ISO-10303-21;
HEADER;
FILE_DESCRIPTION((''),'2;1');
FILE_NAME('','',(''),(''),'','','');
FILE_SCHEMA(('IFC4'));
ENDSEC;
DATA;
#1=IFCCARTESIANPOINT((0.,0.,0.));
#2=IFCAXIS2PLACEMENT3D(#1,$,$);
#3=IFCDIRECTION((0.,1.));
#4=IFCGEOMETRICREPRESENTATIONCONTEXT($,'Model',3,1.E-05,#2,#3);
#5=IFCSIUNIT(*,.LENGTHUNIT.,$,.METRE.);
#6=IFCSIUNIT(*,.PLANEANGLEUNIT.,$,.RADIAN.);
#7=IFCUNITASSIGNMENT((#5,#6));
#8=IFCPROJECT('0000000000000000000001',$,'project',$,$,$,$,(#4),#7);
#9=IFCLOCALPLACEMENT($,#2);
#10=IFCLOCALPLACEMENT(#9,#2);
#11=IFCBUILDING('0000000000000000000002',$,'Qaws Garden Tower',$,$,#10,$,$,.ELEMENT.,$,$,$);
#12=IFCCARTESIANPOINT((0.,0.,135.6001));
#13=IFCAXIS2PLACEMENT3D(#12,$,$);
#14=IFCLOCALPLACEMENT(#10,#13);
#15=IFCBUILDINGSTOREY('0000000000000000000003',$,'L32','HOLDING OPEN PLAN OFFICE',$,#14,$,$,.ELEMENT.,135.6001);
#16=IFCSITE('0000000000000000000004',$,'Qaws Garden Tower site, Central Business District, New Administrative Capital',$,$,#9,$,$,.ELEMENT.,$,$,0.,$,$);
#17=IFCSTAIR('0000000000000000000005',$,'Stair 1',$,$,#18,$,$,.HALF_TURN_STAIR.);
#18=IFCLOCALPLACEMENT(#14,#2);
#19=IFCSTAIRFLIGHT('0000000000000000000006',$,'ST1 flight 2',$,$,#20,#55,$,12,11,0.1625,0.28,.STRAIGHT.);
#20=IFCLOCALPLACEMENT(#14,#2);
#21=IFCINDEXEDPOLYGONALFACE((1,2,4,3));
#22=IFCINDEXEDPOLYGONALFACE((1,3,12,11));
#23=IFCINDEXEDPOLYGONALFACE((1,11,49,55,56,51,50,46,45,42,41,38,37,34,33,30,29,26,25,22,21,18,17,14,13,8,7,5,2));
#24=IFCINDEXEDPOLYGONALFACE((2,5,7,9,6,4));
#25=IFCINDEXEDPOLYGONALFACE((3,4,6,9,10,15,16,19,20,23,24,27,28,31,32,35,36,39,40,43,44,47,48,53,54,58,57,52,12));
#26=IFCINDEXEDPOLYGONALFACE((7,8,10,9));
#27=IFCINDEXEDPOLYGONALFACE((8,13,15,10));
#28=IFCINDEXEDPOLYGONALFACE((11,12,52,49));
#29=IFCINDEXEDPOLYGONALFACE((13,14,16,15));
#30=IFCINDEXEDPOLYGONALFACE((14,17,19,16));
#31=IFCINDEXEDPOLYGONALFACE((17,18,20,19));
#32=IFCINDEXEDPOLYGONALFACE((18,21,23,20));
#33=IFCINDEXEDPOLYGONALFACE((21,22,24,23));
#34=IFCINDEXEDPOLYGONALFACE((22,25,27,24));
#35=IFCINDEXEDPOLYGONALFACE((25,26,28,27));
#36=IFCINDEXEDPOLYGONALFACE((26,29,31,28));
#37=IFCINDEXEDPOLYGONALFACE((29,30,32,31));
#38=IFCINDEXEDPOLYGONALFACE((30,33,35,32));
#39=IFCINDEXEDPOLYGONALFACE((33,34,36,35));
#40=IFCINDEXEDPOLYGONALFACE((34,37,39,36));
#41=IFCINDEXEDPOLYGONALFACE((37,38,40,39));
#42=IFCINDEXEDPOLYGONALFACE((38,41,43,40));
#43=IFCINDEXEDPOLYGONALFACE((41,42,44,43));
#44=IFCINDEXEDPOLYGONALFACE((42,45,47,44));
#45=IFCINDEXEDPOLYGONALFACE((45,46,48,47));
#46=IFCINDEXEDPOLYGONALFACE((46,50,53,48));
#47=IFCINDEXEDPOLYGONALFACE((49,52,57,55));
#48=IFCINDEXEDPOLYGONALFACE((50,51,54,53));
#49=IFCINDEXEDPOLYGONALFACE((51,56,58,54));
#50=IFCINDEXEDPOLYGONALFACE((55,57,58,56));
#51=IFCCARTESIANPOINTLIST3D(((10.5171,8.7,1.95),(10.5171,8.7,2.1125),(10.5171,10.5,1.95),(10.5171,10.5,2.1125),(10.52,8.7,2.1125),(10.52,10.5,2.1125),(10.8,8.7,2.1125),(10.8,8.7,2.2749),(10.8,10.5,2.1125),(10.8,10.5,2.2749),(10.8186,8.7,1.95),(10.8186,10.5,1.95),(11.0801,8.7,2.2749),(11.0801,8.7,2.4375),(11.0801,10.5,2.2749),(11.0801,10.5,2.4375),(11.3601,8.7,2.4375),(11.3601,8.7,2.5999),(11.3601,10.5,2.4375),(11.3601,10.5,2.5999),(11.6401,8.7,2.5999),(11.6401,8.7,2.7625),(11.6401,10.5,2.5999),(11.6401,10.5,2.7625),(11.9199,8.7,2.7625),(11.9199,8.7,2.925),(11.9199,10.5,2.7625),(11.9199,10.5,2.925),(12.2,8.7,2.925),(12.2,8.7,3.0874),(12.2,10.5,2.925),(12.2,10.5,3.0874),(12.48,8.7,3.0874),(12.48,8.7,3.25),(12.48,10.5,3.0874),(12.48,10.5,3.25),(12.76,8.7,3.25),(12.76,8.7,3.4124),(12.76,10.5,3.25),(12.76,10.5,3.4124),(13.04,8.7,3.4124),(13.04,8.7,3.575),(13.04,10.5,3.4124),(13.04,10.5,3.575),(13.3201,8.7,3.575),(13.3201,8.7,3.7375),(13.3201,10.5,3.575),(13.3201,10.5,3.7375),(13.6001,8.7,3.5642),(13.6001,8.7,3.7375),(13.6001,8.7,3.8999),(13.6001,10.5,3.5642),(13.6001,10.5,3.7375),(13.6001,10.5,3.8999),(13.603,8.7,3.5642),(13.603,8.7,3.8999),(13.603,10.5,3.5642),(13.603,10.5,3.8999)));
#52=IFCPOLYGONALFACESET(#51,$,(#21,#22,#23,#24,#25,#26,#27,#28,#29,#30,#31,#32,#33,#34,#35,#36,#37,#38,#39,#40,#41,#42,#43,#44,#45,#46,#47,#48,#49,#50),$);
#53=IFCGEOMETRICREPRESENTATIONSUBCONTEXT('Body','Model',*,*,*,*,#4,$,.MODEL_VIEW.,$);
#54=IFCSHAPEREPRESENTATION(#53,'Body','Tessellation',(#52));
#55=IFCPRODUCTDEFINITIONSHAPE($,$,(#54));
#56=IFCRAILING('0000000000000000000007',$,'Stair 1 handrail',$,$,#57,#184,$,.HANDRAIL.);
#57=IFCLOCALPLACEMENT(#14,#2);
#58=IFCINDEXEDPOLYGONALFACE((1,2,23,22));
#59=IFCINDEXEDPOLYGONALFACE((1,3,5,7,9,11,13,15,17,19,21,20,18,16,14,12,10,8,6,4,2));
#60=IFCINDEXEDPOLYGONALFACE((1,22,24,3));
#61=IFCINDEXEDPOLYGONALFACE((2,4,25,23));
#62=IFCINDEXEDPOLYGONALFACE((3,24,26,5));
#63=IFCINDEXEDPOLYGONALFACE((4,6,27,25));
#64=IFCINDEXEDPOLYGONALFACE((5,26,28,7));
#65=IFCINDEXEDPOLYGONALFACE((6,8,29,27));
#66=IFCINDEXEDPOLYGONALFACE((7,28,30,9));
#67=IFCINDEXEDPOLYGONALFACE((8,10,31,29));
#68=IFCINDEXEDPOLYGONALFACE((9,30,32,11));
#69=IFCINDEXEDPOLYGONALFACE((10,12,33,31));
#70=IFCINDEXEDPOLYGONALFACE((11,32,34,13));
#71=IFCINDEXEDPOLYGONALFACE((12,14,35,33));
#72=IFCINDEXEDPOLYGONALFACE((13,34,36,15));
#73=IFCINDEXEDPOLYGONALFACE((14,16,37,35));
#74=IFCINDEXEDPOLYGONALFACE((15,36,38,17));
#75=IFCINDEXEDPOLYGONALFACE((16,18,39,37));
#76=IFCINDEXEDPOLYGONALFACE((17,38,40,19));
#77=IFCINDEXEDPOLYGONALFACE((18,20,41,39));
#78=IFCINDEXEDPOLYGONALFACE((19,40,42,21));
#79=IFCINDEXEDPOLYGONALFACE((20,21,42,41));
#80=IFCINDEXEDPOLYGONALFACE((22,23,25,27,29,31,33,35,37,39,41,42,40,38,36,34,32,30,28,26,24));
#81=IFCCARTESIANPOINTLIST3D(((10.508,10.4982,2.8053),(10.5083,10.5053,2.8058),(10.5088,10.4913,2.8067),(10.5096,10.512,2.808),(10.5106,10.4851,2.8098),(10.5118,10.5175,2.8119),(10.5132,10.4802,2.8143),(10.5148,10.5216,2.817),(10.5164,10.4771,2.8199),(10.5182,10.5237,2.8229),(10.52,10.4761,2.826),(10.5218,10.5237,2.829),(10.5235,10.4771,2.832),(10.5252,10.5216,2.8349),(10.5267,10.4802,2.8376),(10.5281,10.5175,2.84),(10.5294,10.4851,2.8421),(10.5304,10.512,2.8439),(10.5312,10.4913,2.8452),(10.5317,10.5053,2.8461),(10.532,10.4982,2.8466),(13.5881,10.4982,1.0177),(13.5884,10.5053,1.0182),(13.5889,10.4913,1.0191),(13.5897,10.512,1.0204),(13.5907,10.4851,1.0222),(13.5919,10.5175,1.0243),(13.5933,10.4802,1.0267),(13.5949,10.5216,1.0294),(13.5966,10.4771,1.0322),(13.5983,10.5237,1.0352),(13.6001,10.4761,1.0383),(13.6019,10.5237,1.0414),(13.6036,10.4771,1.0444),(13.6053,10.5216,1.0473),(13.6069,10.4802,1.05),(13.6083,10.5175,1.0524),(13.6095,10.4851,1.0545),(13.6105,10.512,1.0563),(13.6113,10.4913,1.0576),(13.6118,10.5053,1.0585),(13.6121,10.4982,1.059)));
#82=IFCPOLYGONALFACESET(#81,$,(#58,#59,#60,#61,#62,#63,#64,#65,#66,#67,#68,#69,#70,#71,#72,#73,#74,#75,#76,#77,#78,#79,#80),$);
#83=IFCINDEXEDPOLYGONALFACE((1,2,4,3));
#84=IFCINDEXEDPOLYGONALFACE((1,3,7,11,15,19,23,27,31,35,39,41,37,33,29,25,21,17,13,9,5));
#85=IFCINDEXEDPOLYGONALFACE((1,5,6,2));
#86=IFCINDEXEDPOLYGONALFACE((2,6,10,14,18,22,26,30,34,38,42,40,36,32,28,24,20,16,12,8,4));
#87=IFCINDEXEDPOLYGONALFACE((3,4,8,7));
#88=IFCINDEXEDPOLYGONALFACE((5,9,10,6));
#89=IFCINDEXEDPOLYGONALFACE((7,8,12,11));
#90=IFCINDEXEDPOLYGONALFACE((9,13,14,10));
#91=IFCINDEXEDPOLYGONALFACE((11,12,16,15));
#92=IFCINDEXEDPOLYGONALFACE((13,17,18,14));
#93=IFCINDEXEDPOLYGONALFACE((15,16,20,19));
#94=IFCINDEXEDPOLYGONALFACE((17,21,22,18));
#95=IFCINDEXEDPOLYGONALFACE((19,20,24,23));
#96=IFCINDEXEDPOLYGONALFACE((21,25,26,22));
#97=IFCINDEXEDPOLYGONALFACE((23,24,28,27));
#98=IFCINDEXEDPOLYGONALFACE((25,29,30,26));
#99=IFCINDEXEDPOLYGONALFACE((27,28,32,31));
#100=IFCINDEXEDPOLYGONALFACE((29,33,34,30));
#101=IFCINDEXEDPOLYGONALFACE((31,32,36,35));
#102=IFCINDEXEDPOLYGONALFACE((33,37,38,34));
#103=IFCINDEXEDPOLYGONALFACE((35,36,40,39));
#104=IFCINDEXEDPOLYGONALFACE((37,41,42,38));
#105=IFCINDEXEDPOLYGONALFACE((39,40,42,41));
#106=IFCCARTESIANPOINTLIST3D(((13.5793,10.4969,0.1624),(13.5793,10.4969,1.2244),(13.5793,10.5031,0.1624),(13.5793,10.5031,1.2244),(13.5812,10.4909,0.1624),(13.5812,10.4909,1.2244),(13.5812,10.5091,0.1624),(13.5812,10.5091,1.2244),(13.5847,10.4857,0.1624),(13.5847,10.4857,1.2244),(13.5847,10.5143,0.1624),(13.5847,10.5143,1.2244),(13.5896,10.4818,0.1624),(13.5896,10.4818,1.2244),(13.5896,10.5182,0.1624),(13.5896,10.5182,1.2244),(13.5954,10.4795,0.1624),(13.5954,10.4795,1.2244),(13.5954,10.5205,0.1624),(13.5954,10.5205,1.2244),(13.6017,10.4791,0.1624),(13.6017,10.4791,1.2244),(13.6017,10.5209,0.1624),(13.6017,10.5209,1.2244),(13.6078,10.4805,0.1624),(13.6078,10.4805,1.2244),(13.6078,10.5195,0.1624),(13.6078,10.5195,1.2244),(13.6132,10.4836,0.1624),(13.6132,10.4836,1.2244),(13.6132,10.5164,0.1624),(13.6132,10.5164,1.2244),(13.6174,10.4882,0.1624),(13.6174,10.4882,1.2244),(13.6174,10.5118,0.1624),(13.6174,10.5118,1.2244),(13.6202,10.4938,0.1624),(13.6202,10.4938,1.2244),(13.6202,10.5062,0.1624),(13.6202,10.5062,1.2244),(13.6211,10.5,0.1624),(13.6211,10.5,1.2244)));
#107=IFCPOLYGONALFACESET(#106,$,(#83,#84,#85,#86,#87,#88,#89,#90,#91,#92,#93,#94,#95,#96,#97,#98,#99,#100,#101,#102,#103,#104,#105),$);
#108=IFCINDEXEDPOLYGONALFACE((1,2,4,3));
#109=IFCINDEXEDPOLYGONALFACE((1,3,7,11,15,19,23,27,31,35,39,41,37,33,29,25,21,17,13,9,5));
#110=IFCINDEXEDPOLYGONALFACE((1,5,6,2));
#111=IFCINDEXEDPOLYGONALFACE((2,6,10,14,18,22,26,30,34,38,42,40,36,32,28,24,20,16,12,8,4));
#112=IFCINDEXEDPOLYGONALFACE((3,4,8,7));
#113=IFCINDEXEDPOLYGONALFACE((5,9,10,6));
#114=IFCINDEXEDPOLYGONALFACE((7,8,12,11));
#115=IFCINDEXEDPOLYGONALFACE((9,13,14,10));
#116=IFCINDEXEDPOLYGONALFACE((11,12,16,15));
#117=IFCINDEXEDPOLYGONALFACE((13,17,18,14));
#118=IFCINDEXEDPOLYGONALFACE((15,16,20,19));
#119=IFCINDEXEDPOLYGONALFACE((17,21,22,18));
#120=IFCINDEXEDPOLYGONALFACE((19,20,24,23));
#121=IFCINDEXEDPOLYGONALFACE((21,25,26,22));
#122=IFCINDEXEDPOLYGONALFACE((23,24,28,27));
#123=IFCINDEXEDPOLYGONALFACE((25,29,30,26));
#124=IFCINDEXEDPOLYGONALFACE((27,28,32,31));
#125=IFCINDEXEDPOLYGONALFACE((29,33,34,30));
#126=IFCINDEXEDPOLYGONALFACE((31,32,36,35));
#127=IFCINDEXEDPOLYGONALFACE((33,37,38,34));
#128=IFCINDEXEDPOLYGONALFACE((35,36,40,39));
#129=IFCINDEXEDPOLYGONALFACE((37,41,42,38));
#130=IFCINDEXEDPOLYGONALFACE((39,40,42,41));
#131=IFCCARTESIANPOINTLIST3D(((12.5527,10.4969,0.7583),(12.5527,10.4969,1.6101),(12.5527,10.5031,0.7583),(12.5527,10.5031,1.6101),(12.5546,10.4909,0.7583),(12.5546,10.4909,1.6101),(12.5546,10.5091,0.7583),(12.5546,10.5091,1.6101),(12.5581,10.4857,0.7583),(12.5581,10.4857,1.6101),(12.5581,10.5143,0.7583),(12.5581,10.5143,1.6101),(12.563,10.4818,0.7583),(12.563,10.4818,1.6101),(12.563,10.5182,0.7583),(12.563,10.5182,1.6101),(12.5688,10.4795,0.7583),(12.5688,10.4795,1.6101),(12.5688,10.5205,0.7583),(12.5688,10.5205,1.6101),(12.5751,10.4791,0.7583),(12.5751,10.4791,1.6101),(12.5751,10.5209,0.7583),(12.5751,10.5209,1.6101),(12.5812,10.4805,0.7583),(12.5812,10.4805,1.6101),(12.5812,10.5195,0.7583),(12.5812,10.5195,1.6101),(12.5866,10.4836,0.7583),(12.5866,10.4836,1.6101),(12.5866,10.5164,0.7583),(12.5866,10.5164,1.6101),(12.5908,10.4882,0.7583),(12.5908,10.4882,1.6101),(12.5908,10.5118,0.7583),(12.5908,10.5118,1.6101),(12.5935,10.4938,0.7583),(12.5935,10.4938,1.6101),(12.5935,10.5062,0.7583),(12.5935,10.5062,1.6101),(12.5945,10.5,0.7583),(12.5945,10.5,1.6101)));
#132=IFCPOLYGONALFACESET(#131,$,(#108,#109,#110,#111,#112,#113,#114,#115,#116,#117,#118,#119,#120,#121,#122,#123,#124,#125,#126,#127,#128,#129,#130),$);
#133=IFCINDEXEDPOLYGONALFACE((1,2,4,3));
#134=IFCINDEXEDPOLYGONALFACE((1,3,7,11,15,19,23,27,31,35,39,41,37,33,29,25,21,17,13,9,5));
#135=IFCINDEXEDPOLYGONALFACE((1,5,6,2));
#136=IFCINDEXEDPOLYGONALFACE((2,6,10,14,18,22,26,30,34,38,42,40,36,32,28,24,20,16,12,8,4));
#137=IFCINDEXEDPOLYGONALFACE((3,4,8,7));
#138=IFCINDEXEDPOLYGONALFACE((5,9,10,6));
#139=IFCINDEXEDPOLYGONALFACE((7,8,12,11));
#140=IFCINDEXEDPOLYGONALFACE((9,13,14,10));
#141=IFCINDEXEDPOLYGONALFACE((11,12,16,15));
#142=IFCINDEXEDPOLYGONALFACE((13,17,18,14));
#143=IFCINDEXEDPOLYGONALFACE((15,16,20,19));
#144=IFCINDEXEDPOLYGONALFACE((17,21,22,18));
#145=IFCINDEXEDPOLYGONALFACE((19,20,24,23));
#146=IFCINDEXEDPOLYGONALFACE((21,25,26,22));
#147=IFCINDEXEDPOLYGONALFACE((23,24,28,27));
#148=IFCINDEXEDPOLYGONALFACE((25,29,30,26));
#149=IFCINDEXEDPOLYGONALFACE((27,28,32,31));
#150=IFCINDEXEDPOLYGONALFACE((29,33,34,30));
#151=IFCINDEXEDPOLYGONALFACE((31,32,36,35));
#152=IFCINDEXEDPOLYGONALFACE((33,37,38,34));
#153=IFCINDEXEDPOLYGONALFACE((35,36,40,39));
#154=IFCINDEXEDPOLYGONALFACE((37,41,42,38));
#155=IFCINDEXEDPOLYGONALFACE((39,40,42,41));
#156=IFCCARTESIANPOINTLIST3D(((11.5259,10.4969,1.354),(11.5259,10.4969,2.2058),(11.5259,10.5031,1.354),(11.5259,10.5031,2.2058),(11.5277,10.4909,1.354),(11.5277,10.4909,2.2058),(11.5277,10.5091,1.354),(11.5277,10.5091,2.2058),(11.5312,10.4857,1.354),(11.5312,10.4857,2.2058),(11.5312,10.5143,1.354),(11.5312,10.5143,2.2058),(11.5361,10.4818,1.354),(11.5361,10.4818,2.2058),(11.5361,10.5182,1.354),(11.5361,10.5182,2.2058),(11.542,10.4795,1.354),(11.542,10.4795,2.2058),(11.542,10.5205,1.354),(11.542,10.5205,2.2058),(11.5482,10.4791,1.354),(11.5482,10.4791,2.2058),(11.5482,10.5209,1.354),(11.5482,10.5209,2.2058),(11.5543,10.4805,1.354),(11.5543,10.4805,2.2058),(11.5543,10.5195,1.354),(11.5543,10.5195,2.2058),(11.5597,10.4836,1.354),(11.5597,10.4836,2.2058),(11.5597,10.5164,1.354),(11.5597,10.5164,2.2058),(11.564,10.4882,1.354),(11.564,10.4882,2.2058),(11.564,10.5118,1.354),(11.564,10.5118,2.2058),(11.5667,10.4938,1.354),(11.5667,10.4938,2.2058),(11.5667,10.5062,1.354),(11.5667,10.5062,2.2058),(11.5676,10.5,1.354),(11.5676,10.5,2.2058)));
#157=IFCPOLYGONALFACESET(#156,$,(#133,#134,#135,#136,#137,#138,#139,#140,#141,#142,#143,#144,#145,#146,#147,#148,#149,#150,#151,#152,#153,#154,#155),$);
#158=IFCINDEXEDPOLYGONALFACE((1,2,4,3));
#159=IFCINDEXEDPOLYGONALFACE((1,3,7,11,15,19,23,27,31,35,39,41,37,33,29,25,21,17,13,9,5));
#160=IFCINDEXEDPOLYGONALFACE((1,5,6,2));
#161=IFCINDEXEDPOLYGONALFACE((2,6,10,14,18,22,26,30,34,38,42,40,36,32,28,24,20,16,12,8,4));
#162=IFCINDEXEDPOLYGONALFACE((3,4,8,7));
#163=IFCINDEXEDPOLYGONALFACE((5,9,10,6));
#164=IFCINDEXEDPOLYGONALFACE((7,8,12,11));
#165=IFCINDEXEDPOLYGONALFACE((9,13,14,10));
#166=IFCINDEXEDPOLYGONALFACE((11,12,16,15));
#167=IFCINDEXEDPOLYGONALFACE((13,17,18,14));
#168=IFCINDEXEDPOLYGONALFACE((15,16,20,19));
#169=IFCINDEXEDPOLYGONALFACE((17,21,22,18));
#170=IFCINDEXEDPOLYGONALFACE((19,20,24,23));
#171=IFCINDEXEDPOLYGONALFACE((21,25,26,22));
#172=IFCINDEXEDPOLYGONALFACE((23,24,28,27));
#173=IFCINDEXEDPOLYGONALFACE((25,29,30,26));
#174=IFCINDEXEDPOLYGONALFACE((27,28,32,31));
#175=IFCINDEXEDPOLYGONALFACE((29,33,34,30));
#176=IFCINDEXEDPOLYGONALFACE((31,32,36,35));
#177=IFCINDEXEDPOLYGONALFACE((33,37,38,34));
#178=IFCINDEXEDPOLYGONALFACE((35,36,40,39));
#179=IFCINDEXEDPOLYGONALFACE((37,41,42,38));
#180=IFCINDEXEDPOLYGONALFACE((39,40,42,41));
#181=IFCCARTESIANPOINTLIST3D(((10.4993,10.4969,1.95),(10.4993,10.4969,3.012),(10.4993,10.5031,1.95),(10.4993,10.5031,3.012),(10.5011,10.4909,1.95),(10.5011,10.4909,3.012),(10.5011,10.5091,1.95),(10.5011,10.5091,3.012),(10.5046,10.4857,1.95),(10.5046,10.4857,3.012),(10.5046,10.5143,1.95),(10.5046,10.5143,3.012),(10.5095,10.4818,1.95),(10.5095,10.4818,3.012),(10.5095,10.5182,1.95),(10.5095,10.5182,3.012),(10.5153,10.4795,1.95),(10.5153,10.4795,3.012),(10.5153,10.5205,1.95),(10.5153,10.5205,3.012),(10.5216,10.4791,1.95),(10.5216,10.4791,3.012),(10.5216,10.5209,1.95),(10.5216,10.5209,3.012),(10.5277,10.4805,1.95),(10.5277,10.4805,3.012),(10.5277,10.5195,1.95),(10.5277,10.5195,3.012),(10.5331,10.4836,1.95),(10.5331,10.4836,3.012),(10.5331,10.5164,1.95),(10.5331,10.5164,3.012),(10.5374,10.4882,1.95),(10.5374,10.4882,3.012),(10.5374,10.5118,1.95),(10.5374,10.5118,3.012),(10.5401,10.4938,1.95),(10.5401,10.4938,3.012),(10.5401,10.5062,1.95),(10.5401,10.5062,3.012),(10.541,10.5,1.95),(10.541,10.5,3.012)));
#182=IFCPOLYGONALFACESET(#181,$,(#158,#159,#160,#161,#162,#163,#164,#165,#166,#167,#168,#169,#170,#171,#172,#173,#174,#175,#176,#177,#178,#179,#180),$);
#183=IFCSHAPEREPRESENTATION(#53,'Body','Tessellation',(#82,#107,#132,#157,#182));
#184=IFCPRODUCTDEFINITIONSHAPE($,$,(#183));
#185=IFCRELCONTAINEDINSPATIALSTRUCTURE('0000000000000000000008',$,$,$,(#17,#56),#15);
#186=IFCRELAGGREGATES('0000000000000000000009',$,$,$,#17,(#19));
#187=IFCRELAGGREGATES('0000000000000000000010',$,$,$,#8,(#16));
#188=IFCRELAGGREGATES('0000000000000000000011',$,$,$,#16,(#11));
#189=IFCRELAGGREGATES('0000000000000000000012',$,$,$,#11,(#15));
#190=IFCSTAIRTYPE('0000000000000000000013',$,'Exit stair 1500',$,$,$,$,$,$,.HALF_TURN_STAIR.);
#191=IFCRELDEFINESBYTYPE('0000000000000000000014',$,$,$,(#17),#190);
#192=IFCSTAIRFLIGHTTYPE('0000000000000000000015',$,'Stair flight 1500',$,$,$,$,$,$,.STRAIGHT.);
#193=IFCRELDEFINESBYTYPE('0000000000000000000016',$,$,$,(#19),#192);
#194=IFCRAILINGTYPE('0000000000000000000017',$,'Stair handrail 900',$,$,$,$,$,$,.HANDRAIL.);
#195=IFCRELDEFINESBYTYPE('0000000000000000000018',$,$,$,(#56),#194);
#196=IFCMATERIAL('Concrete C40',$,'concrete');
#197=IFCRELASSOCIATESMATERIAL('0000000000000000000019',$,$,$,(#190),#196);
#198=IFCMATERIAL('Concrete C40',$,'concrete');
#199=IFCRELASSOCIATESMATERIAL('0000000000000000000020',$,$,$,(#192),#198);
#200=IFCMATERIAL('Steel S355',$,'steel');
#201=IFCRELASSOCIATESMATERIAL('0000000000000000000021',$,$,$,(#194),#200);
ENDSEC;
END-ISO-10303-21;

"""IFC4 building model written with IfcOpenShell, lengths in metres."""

from ifc_helpers import new_model, si_unit, direction, frame, origin, origin_2d, place, context, subcontext, project, spatial, polyline, circle, outline, extrude, material, type_object, element, aggregate, save


model = new_model("IFC4")

# Units and contexts
model_context = context("Model", 3, precision=1e-05, world=origin(), true_north=direction((0.0, 1.0)))
body_context = subcontext(model_context, "Body", "Model", "MODEL_VIEW")
ifc_project = project(units=[si_unit("LENGTHUNIT", "METRE"), si_unit("PLANEANGLEUNIT", "RADIAN")], contexts=[model_context])

# Site, building, storey
site_placement = place(None, origin())
site = spatial("IfcSite", under=ifc_project, at=site_placement, Name="Qaws Garden Tower site, Central Business District, New Administrative Capital", CompositionType="ELEMENT", RefElevation=0.0)
building_placement = place(site_placement, origin())
building = spatial("IfcBuilding", under=site, at=building_placement, Name="Qaws Garden Tower", CompositionType="ELEMENT")
storey_placement = place(building_placement, frame((0.0, 0.0, 135.6001)))
storey = spatial("IfcBuildingStorey", under=building, at=storey_placement, Name="L32", Description="HOLDING OPEN PLAN OFFICE", CompositionType="ELEMENT", Elevation=135.6001)

# Stair, stair flight
ifc_material_1 = material(Name="Concrete C40", Category="concrete")
stair_type = type_object("IfcStairType", Name="Exit stair 1500", PredefinedType="HALF_TURN_STAIR", material=ifc_material_1)
stair_placement = place(storey_placement, origin())
stair = element("IfcStair", 1, at=stair_placement, inside=storey, type_object=stair_type, Name="Stair 1", PredefinedType="HALF_TURN_STAIR")
ifc_material_2 = material(Name="Concrete C40", Category="concrete")
stair_flight_type = type_object("IfcStairFlightType", Name="Stair flight 1500", PredefinedType="STRAIGHT", material=ifc_material_2)
stair_flight_1_placement = place(storey_placement, frame((10.52, 9.6001, 1.95), z_axis=(0.0, 0.0, 1.0), x_axis=(1.0, 0.0, 0.0)))
stair_flight_1 = element("IfcStairFlight", 2, at=stair_flight_1_placement, type_object=stair_flight_type, Name="ST1 flight 2", NumberOfRisers=12, NumberOfTreads=11, PredefinedType="STRAIGHT", RiserHeight=0.1625, TreadLength=0.28, context=body_context, shape_type="SweptSolid", body=[
    extrude(outline(polyline([(-0.0029, 0.0), (-0.0029, 0.1626), (0.0, 0.1626), (0.28, 0.1626), (0.28, 0.325), (0.5601, 0.325), (0.5601, 0.4875), (0.8401, 0.4875), (0.8401, 0.6499), (1.1201, 0.6499), (1.1201, 0.8125), (1.3999, 0.8125), (1.3999, 0.9751), (1.6799, 0.9751), (1.6799, 1.1375), (1.96, 1.1375), (1.96, 1.3), (2.24, 1.3), (2.24, 1.4624), (2.52, 1.4624), (2.52, 1.625), (2.8, 1.625), (2.8, 1.7876), (3.0801, 1.7876), (3.0801, 1.95), (3.083, 1.95), (3.083, 1.6143), (3.0801, 1.6143), (0.2986, 0.0), (-0.0029, 0.0)])), frame((0.0, 0.8999, 0.0), z_axis=(0.0, -1.0, 0.0), x_axis=(1.0, 0.0, 0.0)), (0.0, 0.0, 1.0), 1.8),
])
aggregate(stair, [stair_flight_1])

# Railing
ifc_material_3 = material(Name="Steel S355", Category="steel")
railing_type = type_object("IfcRailingType", Name="Stair handrail 900", PredefinedType="HANDRAIL", material=ifc_material_3)
railing_1_placement = place(storey_placement, frame((13.6001, 10.5, 0.1624)))
element("IfcRailing", 3, at=railing_1_placement, inside=storey, type_object=railing_type, Name="Stair 1 handrail", PredefinedType="HANDRAIL", context=body_context, shape_type="SweptSolid", body=[
    extrude(circle(Radius=0.0239, at=origin_2d()), frame((0.0, 0.0, 0.876), z_axis=(-0.864891, 0.0, 0.50196), x_axis=(0.0, -1.0, 0.0)), (0.0, 0.0, 1.0), 3.5613),
    extrude(circle(Radius=0.021, at=origin_2d()), origin(), (0.0, 0.0, 1.0), 1.062),
    extrude(circle(Radius=0.021, at=origin_2d()), frame((-1.0266, 0.0, 0.5959)), (0.0, 0.0, 1.0), 0.8518),
    extrude(circle(Radius=0.021, at=origin_2d()), frame((-2.0535, 0.0, 1.1917)), (0.0, 0.0, 1.0), 0.8518),
    extrude(circle(Radius=0.021, at=origin_2d()), frame((-3.0801, 0.0, 1.7876)), (0.0, 0.0, 1.0), 1.062),
])

save(model, "model.ifc")
